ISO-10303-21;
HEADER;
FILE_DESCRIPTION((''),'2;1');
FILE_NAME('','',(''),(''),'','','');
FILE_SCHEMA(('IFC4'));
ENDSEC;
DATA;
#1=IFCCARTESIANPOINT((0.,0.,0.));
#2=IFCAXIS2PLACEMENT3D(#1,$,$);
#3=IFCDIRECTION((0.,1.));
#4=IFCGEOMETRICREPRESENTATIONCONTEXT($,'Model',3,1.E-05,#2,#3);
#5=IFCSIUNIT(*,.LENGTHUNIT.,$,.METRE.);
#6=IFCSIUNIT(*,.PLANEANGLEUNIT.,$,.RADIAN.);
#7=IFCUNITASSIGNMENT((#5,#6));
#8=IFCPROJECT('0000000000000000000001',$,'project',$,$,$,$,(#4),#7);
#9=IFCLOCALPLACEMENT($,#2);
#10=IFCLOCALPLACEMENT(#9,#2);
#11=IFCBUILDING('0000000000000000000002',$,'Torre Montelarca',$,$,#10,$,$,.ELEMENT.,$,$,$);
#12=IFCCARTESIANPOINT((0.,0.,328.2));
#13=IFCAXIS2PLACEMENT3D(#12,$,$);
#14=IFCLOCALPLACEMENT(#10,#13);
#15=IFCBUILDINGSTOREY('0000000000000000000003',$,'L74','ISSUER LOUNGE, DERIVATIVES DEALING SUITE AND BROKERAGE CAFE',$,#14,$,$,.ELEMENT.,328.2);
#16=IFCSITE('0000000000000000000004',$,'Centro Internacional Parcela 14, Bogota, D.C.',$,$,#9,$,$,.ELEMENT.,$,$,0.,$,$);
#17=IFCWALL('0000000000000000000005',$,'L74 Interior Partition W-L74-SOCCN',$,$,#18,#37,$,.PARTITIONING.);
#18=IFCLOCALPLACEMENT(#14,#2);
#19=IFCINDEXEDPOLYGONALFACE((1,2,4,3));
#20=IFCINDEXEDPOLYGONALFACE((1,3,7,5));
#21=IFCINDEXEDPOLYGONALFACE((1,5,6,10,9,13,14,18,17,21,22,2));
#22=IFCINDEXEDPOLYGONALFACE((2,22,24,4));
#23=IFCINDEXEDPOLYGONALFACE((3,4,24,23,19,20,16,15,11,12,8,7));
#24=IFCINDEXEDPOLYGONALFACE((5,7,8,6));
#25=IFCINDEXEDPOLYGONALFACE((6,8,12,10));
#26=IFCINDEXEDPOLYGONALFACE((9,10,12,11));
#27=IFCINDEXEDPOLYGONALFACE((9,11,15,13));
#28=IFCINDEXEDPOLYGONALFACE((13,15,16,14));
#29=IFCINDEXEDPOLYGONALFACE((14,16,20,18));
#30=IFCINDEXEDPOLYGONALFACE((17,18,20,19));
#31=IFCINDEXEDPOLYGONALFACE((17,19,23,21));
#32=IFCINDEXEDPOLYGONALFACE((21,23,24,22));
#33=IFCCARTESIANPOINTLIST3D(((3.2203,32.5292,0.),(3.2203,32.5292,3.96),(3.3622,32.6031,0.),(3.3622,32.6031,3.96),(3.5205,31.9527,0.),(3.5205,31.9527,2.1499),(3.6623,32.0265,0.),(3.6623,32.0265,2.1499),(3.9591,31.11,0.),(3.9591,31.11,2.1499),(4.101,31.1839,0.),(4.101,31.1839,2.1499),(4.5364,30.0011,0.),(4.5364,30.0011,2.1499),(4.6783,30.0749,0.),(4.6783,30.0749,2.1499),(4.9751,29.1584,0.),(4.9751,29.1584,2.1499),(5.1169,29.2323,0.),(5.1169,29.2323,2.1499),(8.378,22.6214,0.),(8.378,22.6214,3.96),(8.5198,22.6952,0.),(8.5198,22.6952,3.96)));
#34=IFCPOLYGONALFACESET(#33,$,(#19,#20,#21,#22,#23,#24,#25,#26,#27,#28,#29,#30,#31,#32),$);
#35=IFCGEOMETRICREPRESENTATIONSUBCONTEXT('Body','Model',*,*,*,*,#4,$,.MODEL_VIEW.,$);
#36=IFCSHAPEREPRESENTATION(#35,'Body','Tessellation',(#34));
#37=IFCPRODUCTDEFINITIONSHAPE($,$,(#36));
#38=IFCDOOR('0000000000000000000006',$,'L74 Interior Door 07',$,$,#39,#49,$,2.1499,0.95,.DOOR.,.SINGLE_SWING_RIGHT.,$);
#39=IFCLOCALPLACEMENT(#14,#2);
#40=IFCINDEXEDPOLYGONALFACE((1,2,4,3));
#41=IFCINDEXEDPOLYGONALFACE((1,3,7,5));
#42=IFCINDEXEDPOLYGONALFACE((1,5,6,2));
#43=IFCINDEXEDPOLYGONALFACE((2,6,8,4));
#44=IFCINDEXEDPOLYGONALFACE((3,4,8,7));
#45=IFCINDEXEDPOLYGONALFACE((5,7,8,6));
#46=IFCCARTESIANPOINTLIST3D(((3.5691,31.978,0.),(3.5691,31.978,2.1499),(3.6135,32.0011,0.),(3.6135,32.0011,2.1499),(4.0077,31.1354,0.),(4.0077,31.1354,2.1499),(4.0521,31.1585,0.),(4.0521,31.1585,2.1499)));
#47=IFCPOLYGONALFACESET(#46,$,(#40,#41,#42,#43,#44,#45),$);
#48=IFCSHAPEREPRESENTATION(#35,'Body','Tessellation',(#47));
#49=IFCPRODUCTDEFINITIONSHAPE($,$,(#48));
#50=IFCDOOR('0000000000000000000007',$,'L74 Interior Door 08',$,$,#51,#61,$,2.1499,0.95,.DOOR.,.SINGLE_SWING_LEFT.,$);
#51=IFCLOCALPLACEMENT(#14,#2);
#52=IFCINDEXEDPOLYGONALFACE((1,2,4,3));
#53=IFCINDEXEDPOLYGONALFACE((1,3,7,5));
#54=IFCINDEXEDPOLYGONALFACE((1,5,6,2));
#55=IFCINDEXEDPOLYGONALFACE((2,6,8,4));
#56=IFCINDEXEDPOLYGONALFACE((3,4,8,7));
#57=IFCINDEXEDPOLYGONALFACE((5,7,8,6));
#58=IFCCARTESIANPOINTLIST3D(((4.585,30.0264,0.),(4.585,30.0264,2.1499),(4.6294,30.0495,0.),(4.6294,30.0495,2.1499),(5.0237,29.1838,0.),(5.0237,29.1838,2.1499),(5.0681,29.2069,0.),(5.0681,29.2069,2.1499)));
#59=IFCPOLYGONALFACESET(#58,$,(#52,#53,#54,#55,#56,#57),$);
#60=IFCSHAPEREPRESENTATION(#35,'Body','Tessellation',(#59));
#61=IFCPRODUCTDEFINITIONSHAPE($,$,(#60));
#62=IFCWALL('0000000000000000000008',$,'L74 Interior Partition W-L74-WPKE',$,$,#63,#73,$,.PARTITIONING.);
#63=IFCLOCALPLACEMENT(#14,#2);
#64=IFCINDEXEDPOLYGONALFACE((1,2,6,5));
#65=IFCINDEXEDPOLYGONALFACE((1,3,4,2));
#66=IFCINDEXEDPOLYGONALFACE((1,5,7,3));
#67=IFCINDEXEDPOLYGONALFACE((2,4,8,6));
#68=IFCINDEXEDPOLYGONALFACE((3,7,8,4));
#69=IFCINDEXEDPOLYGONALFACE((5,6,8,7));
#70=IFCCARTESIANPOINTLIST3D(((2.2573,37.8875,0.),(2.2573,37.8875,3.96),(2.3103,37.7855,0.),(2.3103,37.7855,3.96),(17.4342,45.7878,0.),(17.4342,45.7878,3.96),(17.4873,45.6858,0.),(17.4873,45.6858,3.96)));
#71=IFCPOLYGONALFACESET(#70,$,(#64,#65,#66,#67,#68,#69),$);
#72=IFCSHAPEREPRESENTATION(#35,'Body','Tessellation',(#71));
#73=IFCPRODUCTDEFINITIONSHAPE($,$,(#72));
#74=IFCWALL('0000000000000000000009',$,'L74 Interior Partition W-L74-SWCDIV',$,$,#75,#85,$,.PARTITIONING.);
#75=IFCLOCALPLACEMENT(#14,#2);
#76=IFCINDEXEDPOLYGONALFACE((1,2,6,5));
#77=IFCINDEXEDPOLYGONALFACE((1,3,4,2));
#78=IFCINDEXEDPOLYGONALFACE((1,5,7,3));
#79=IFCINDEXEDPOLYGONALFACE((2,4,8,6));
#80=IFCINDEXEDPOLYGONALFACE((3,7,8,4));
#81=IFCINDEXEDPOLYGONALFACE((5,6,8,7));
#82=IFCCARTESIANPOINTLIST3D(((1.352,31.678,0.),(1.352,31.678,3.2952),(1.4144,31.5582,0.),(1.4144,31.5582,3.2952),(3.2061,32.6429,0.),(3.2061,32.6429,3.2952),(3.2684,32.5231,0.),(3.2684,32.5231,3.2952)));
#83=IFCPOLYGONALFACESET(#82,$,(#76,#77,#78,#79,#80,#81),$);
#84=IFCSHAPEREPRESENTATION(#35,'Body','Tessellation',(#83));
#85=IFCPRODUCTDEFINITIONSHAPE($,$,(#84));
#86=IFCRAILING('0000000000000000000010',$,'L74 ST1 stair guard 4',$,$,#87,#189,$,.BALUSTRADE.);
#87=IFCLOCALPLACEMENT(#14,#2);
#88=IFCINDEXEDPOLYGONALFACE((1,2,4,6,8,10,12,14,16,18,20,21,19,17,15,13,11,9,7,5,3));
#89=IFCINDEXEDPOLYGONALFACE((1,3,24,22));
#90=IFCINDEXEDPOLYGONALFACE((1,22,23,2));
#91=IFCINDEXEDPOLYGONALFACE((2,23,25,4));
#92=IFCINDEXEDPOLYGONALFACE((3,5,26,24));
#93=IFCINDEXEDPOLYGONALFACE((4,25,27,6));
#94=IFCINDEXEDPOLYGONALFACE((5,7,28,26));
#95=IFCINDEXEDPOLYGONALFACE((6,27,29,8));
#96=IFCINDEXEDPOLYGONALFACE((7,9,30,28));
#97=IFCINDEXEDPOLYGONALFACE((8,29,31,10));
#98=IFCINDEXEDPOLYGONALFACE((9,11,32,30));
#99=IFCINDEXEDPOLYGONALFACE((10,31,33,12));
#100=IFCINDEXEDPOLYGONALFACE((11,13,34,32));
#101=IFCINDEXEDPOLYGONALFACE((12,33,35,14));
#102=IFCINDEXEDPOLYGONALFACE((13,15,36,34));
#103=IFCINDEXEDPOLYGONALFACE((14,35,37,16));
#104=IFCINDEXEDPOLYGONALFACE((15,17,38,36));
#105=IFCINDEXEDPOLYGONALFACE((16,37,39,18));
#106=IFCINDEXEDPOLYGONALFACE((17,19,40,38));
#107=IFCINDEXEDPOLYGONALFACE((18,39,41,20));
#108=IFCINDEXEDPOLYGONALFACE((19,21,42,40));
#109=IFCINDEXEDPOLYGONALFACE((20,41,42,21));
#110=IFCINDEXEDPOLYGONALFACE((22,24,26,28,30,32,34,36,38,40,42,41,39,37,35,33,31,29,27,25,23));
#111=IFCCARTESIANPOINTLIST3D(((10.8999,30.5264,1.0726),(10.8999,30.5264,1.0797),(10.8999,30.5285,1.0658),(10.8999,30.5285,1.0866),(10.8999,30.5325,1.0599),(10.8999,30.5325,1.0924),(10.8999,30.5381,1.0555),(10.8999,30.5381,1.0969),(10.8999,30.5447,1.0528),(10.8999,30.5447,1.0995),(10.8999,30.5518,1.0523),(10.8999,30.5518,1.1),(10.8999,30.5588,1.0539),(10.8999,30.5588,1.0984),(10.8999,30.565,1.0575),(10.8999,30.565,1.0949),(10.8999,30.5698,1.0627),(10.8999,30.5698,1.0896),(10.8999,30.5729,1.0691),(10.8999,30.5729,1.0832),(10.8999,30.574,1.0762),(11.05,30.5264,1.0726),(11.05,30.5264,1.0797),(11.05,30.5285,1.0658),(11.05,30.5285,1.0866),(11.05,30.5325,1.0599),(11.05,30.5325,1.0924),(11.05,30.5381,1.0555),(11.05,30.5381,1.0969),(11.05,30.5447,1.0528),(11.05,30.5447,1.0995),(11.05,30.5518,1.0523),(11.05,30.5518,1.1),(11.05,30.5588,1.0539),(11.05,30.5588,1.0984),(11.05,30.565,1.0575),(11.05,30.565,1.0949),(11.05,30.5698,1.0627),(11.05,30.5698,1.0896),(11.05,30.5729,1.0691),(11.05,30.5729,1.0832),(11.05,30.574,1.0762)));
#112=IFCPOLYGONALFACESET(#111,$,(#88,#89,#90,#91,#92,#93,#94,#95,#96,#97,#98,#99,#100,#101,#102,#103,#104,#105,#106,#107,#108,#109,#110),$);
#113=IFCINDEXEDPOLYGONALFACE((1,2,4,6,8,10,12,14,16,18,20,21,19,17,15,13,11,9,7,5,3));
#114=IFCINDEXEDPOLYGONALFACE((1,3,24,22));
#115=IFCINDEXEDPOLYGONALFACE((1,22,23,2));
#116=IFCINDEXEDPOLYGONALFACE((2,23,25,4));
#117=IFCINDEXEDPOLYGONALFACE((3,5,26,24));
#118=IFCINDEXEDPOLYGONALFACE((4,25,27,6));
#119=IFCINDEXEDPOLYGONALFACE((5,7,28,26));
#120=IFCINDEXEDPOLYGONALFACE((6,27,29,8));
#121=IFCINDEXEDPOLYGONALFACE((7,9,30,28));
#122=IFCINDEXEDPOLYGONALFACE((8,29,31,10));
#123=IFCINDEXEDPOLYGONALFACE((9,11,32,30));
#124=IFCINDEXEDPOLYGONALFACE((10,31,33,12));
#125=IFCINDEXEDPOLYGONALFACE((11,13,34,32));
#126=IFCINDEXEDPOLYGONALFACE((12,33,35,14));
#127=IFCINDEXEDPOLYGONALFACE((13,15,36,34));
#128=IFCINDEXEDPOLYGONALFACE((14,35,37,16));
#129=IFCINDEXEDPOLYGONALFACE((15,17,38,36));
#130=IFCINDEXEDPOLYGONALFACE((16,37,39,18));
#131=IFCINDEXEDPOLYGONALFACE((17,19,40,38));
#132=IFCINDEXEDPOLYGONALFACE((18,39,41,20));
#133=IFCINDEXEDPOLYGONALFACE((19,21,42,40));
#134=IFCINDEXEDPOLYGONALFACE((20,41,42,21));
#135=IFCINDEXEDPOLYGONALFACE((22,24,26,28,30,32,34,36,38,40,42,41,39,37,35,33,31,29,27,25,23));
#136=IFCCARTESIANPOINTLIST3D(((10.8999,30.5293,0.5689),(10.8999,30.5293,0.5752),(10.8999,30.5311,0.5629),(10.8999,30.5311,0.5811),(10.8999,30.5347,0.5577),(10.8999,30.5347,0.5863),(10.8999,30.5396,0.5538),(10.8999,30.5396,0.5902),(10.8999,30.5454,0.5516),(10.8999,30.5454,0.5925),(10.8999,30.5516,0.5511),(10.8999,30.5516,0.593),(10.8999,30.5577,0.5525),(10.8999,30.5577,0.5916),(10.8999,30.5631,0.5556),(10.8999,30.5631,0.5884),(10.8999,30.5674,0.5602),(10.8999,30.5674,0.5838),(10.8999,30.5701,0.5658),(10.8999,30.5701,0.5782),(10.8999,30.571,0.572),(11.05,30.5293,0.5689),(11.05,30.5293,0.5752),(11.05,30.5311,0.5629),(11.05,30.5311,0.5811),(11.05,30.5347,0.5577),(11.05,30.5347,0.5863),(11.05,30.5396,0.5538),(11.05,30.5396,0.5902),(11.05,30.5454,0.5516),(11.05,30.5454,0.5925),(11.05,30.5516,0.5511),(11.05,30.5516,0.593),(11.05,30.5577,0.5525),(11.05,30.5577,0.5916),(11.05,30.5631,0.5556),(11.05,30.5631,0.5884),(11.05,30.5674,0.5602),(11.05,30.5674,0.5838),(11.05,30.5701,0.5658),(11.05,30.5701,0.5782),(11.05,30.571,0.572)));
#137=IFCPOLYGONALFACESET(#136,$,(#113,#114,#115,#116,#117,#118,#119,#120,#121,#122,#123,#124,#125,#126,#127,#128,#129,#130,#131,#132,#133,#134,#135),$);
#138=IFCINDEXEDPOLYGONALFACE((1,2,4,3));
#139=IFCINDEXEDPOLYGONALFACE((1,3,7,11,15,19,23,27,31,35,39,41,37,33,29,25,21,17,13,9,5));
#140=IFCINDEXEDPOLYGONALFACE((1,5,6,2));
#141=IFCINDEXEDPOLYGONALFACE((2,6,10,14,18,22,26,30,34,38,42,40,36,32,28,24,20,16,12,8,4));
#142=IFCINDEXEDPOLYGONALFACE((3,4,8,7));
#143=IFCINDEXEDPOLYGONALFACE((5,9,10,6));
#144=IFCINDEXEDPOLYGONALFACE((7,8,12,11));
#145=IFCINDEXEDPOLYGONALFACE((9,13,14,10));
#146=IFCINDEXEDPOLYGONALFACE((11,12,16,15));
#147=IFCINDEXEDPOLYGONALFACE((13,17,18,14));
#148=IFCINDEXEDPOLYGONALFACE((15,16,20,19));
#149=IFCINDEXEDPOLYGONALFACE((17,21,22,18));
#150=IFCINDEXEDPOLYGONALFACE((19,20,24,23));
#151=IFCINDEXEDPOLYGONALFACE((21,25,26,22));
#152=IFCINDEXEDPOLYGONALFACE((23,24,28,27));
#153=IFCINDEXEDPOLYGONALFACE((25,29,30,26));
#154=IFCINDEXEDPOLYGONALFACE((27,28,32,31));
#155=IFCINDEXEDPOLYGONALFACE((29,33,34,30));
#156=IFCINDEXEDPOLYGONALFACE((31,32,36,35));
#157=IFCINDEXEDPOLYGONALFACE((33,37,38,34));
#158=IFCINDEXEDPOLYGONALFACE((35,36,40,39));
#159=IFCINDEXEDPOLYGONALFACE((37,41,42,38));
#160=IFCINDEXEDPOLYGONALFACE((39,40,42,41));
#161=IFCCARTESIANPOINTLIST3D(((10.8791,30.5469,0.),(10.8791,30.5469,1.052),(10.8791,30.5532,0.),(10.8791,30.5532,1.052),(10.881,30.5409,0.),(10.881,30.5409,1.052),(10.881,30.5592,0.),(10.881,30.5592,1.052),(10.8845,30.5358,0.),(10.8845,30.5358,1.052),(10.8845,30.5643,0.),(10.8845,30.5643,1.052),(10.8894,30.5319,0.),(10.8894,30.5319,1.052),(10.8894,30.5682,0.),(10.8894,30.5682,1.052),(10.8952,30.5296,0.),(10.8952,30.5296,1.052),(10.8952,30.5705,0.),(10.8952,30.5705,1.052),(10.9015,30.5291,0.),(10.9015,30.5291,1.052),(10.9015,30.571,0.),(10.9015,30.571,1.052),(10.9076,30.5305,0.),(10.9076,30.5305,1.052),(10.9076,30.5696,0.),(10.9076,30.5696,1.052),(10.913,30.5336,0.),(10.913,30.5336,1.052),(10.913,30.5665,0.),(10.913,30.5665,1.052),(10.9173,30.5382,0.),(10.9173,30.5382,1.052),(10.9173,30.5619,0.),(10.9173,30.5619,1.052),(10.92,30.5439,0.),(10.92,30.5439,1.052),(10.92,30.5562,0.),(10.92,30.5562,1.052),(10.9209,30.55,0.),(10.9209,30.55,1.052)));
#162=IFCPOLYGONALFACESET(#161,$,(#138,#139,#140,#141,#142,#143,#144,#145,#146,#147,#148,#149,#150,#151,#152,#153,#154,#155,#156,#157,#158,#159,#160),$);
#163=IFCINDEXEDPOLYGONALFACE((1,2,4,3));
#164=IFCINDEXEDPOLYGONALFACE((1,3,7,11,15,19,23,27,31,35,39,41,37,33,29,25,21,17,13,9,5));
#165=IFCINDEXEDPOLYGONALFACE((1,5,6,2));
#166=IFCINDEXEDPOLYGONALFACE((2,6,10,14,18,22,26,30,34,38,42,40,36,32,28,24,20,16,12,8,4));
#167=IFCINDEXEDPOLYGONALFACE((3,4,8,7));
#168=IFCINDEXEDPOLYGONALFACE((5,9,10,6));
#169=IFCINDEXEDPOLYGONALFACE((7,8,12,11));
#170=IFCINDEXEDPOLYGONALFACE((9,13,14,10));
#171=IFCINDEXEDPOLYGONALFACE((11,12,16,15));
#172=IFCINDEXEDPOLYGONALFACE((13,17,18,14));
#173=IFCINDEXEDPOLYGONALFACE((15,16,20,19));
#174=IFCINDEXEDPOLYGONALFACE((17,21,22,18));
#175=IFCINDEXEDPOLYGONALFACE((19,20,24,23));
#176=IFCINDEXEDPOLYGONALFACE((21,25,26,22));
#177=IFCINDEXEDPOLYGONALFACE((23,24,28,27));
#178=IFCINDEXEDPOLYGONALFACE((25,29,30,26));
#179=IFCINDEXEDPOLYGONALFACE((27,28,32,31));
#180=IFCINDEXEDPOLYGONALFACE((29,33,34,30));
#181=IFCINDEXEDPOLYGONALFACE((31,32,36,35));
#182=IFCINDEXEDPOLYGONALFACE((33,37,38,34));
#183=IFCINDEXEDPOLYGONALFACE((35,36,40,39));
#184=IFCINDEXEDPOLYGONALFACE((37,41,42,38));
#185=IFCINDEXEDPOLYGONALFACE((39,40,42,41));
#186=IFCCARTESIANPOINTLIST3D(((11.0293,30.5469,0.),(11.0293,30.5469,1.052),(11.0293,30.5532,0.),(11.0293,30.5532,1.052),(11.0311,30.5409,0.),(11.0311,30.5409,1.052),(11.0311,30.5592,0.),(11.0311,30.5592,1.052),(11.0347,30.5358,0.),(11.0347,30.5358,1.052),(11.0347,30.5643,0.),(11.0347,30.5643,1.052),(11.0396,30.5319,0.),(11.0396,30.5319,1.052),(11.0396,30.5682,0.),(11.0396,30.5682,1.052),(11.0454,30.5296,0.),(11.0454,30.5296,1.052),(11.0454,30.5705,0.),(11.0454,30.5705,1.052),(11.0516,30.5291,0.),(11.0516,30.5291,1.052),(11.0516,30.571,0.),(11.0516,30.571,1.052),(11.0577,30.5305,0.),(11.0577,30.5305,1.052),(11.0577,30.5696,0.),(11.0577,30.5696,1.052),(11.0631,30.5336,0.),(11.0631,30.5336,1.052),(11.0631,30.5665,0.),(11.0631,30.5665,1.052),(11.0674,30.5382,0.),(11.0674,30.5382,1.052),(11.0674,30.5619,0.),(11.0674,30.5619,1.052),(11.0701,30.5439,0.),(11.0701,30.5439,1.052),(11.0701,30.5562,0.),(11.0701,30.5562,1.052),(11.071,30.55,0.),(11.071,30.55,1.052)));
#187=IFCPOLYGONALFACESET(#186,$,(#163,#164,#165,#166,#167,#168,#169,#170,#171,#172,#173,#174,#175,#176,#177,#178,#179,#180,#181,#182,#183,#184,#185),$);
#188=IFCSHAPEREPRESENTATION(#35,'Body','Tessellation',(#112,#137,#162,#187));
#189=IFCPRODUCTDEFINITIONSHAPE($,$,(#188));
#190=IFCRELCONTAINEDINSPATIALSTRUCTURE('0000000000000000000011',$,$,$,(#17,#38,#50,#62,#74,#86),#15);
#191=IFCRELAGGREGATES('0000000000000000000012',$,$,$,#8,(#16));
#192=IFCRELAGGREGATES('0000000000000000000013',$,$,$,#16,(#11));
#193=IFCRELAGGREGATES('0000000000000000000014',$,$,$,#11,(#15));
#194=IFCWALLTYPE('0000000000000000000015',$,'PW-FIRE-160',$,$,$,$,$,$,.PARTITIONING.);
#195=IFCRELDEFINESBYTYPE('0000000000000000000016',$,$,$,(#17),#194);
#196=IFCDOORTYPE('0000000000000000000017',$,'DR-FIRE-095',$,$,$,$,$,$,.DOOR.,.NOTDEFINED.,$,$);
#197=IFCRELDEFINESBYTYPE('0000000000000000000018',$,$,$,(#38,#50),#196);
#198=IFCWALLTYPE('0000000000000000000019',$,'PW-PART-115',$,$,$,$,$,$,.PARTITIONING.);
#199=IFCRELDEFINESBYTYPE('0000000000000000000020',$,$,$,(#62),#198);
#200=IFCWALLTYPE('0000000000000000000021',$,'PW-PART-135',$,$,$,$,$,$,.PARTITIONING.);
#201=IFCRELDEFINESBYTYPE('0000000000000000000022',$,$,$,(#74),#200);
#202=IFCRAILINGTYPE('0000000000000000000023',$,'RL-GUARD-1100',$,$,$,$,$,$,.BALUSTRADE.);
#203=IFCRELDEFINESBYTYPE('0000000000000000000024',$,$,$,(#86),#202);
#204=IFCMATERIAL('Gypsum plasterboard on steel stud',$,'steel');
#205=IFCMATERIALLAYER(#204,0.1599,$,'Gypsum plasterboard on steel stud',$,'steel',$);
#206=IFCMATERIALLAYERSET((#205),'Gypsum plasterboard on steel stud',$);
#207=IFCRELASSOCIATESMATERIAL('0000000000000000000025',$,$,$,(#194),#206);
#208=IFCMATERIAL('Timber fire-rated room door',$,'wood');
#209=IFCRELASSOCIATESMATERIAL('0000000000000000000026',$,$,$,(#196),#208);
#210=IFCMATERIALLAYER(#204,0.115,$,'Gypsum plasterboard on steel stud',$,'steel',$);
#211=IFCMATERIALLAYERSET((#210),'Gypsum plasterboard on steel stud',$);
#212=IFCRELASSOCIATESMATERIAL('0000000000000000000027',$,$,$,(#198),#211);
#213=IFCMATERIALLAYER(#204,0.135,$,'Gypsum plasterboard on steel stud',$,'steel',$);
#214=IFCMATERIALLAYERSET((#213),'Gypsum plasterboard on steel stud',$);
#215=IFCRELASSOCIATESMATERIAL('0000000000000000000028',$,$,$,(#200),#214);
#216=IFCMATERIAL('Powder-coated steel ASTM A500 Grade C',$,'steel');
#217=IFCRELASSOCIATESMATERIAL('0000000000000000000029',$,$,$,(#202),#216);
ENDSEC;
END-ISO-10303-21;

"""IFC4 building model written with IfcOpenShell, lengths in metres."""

from ifc_helpers import new_model, si_unit, direction, frame, frame_2d, origin, origin_2d, place, context, subcontext, project, spatial, rectangle, circle, extrude, source, transform, mapped, material, layer, layer_set, type_object, element, fill, save


model = new_model("IFC4")

# Units and contexts
model_context = context("Model", 3, precision=1e-05, world=origin(), true_north=direction((0.0, 1.0)))
body_context = subcontext(model_context, "Body", "Model", "MODEL_VIEW")
ifc_project = project(units=[si_unit("LENGTHUNIT", "METRE"), si_unit("PLANEANGLEUNIT", "RADIAN")], contexts=[model_context])

# Site, building, storey
site_placement = place(None, origin())
site = spatial("IfcSite", under=ifc_project, at=site_placement, Name="Centro Internacional Parcela 14, Bogota, D.C.", CompositionType="ELEMENT", RefElevation=0.0)
building_placement = place(site_placement, origin())
building = spatial("IfcBuilding", under=site, at=building_placement, Name="Torre Montelarca", CompositionType="ELEMENT")
storey_placement = place(building_placement, frame((0.0, 0.0, 328.2)))
storey = spatial("IfcBuildingStorey", under=building, at=storey_placement, Name="L74", Description="ISSUER LOUNGE, DERIVATIVES DEALING SUITE AND BROKERAGE CAFE", CompositionType="ELEMENT", Elevation=328.2)

# Shared definitions
ifc_material_1 = material(Name="Gypsum plasterboard on steel stud", Category="steel")
ifc_layer_1 = layer(ifc_material_1, 0.1599, Name="Gypsum plasterboard on steel stud", Category="steel")
ifc_layer_set_1 = layer_set([ifc_layer_1], Name="Gypsum plasterboard on steel stud")
wall_type_1 = type_object("IfcWallType", Name="PW-FIRE-160", PredefinedType="PARTITIONING", material=ifc_layer_set_1)

# Wall, openings, doors
wall_1_placement = place(storey_placement, frame((3.2913, 32.5662, 0.0), z_axis=(0.0, 0.0, 1.0), x_axis=(0.461746, -0.887012, 0.0)))
wall_1 = element("IfcWall", 1, at=wall_1_placement, inside=storey, type_object=wall_type_1, Name="L74 Interior Partition W-L74-SOCCN", PredefinedType="PARTITIONING", context=body_context, shape_type="SweptSolid", body=[
    extrude(rectangle(XDim=11.1699, YDim=0.1599, at=frame_2d((5.585, 0.0))), origin(), (0.0, 0.0, 1.0), 3.96),
])
opening_1_placement = place(wall_1_placement, frame((0.6499, 0.0, 0.0)))
opening_1 = element("IfcOpeningElement", 2, at=opening_1_placement, cuts=wall_1, PredefinedType="OPENING", context=body_context, shape_type="SweptSolid", body=[
    extrude(rectangle(XDim=0.95, YDim=2.1499, at=frame_2d((0.4751, 1.075))), frame((0.0, 0.0898, 0.0), z_axis=(0.0, -1.0, 0.0), x_axis=(1.0, 0.0, 0.0)), (0.0, 0.0, 1.0), 0.1799),
])
opening_2_placement = place(wall_1_placement, frame((2.8501, 0.0, 0.0)))
opening_2 = element("IfcOpeningElement", 3, at=opening_2_placement, cuts=wall_1, PredefinedType="OPENING", context=body_context, shape_type="SweptSolid", body=[
    extrude(rectangle(XDim=0.95, YDim=2.1499, at=frame_2d((0.4751, 1.075))), frame((0.0, 0.0898, 0.0), z_axis=(0.0, -1.0, 0.0), x_axis=(1.0, 0.0, 0.0)), (0.0, 0.0, 1.0), 0.1799),
])
ifc_material_2 = material(Name="Timber fire-rated room door", Category="wood")
door_type_1 = type_object("IfcDoorType", Name="DR-FIRE-095", OperationType="NOTDEFINED", PredefinedType="DOOR", material=ifc_material_2)
shared_shape_1 = source(origin(), body_context, "Body", "SweptSolid", [
    extrude(rectangle(XDim=0.95, YDim=2.1499, at=frame_2d((0.4751, 1.075))), frame((0.0, 0.0249, 0.0), z_axis=(0.0, -1.0, 0.0), x_axis=(1.0, 0.0, 0.0)), (0.0, 0.0, 1.0), 0.05),
])
door_1_placement = place(opening_1_placement, origin())
door_1 = element("IfcDoor", 4, at=door_1_placement, inside=storey, type_object=door_type_1, Name="L74 Interior Door 07", OperationType="SINGLE_SWING_RIGHT", OverallHeight=2.1499, OverallWidth=0.95, PredefinedType="DOOR", context=body_context, shape_type="MappedRepresentation", body=[
    mapped(shared_shape_1, transform((0.0, 0.0, 0.0), scale=1.0)),
])
fill(opening_1, door_1)
door_2_placement = place(opening_2_placement, origin())
door_2 = element("IfcDoor", 5, at=door_2_placement, inside=storey, type_object=door_type_1, Name="L74 Interior Door 08", OperationType="SINGLE_SWING_LEFT", OverallHeight=2.1499, OverallWidth=0.95, PredefinedType="DOOR", context=body_context, shape_type="MappedRepresentation", body=[
    mapped(shared_shape_1, transform((0.0, 0.0, 0.0), scale=1.0)),
])
fill(opening_2, door_2)

# Walls
ifc_layer_2 = layer(ifc_material_1, 0.115, Name="Gypsum plasterboard on steel stud", Category="steel")
ifc_layer_set_2 = layer_set([ifc_layer_2], Name="Gypsum plasterboard on steel stud")
wall_type_2 = type_object("IfcWallType", Name="PW-PART-115", PredefinedType="PARTITIONING", material=ifc_layer_set_2)
wall_2_placement = place(storey_placement, frame((2.2837, 37.8364, 0.0), z_axis=(0.0, 0.0, 1.0), x_axis=(0.887017, 0.461737, 0.0)))
element("IfcWall", 6, at=wall_2_placement, inside=storey, type_object=wall_type_2, Name="L74 Interior Partition W-L74-WPKE", PredefinedType="PARTITIONING", context=body_context, shape_type="SweptSolid", body=[
    extrude(rectangle(XDim=17.1101, YDim=0.115, at=frame_2d((8.5552, 0.0))), origin(), (0.0, 0.0, 1.0), 3.96),
])
ifc_layer_3 = layer(ifc_material_1, 0.135, Name="Gypsum plasterboard on steel stud", Category="steel")
ifc_layer_set_3 = layer_set([ifc_layer_3], Name="Gypsum plasterboard on steel stud")
wall_type_3 = type_object("IfcWallType", Name="PW-PART-135", PredefinedType="PARTITIONING", material=ifc_layer_set_3)
wall_3_placement = place(storey_placement, frame((1.3833, 31.6182, 0.0), z_axis=(0.0, 0.0, 1.0), x_axis=(0.887068, 0.46164, 0.0)))
element("IfcWall", 7, at=wall_3_placement, inside=storey, type_object=wall_type_3, Name="L74 Interior Partition W-L74-SWCDIV", PredefinedType="PARTITIONING", context=body_context, shape_type="SweptSolid", body=[
    extrude(rectangle(XDim=2.0901, YDim=0.135, at=frame_2d((1.0449, 0.0))), origin(), (0.0, 0.0, 1.0), 3.2952),
])

# Railing
ifc_material_3 = material(Name="Powder-coated steel ASTM A500 Grade C", Category="steel")
railing_type = type_object("IfcRailingType", Name="RL-GUARD-1100", PredefinedType="BALUSTRADE", material=ifc_material_3)
railing_placement = place(storey_placement, frame((10.8999, 30.55, 0.0)))
element("IfcRailing", 8, at=railing_placement, inside=storey, type_object=railing_type, Name="L74 ST1 stair guard 4", PredefinedType="BALUSTRADE", context=body_context, shape_type="SweptSolid", body=[
    extrude(circle(Radius=0.0239, at=origin_2d()), frame((0.0, 0.0, 1.0762), z_axis=(1.0, 0.0, 0.0), x_axis=(0.0, 1.0, 0.0)), (0.0, 0.0, 1.0), 0.1501),
    extrude(circle(Radius=0.021, at=origin_2d()), frame((0.0, 0.0, 0.572), z_axis=(1.0, 0.0, 0.0), x_axis=(0.0, 1.0, 0.0)), (0.0, 0.0, 1.0), 0.1501),
    extrude(circle(Radius=0.021, at=origin_2d()), origin(), (0.0, 0.0, 1.0), 1.052),
    extrude(circle(Radius=0.021, at=origin_2d()), frame((0.1501, 0.0, 0.0)), (0.0, 0.0, 1.0), 1.052),
])

save(model, "model.ifc")
